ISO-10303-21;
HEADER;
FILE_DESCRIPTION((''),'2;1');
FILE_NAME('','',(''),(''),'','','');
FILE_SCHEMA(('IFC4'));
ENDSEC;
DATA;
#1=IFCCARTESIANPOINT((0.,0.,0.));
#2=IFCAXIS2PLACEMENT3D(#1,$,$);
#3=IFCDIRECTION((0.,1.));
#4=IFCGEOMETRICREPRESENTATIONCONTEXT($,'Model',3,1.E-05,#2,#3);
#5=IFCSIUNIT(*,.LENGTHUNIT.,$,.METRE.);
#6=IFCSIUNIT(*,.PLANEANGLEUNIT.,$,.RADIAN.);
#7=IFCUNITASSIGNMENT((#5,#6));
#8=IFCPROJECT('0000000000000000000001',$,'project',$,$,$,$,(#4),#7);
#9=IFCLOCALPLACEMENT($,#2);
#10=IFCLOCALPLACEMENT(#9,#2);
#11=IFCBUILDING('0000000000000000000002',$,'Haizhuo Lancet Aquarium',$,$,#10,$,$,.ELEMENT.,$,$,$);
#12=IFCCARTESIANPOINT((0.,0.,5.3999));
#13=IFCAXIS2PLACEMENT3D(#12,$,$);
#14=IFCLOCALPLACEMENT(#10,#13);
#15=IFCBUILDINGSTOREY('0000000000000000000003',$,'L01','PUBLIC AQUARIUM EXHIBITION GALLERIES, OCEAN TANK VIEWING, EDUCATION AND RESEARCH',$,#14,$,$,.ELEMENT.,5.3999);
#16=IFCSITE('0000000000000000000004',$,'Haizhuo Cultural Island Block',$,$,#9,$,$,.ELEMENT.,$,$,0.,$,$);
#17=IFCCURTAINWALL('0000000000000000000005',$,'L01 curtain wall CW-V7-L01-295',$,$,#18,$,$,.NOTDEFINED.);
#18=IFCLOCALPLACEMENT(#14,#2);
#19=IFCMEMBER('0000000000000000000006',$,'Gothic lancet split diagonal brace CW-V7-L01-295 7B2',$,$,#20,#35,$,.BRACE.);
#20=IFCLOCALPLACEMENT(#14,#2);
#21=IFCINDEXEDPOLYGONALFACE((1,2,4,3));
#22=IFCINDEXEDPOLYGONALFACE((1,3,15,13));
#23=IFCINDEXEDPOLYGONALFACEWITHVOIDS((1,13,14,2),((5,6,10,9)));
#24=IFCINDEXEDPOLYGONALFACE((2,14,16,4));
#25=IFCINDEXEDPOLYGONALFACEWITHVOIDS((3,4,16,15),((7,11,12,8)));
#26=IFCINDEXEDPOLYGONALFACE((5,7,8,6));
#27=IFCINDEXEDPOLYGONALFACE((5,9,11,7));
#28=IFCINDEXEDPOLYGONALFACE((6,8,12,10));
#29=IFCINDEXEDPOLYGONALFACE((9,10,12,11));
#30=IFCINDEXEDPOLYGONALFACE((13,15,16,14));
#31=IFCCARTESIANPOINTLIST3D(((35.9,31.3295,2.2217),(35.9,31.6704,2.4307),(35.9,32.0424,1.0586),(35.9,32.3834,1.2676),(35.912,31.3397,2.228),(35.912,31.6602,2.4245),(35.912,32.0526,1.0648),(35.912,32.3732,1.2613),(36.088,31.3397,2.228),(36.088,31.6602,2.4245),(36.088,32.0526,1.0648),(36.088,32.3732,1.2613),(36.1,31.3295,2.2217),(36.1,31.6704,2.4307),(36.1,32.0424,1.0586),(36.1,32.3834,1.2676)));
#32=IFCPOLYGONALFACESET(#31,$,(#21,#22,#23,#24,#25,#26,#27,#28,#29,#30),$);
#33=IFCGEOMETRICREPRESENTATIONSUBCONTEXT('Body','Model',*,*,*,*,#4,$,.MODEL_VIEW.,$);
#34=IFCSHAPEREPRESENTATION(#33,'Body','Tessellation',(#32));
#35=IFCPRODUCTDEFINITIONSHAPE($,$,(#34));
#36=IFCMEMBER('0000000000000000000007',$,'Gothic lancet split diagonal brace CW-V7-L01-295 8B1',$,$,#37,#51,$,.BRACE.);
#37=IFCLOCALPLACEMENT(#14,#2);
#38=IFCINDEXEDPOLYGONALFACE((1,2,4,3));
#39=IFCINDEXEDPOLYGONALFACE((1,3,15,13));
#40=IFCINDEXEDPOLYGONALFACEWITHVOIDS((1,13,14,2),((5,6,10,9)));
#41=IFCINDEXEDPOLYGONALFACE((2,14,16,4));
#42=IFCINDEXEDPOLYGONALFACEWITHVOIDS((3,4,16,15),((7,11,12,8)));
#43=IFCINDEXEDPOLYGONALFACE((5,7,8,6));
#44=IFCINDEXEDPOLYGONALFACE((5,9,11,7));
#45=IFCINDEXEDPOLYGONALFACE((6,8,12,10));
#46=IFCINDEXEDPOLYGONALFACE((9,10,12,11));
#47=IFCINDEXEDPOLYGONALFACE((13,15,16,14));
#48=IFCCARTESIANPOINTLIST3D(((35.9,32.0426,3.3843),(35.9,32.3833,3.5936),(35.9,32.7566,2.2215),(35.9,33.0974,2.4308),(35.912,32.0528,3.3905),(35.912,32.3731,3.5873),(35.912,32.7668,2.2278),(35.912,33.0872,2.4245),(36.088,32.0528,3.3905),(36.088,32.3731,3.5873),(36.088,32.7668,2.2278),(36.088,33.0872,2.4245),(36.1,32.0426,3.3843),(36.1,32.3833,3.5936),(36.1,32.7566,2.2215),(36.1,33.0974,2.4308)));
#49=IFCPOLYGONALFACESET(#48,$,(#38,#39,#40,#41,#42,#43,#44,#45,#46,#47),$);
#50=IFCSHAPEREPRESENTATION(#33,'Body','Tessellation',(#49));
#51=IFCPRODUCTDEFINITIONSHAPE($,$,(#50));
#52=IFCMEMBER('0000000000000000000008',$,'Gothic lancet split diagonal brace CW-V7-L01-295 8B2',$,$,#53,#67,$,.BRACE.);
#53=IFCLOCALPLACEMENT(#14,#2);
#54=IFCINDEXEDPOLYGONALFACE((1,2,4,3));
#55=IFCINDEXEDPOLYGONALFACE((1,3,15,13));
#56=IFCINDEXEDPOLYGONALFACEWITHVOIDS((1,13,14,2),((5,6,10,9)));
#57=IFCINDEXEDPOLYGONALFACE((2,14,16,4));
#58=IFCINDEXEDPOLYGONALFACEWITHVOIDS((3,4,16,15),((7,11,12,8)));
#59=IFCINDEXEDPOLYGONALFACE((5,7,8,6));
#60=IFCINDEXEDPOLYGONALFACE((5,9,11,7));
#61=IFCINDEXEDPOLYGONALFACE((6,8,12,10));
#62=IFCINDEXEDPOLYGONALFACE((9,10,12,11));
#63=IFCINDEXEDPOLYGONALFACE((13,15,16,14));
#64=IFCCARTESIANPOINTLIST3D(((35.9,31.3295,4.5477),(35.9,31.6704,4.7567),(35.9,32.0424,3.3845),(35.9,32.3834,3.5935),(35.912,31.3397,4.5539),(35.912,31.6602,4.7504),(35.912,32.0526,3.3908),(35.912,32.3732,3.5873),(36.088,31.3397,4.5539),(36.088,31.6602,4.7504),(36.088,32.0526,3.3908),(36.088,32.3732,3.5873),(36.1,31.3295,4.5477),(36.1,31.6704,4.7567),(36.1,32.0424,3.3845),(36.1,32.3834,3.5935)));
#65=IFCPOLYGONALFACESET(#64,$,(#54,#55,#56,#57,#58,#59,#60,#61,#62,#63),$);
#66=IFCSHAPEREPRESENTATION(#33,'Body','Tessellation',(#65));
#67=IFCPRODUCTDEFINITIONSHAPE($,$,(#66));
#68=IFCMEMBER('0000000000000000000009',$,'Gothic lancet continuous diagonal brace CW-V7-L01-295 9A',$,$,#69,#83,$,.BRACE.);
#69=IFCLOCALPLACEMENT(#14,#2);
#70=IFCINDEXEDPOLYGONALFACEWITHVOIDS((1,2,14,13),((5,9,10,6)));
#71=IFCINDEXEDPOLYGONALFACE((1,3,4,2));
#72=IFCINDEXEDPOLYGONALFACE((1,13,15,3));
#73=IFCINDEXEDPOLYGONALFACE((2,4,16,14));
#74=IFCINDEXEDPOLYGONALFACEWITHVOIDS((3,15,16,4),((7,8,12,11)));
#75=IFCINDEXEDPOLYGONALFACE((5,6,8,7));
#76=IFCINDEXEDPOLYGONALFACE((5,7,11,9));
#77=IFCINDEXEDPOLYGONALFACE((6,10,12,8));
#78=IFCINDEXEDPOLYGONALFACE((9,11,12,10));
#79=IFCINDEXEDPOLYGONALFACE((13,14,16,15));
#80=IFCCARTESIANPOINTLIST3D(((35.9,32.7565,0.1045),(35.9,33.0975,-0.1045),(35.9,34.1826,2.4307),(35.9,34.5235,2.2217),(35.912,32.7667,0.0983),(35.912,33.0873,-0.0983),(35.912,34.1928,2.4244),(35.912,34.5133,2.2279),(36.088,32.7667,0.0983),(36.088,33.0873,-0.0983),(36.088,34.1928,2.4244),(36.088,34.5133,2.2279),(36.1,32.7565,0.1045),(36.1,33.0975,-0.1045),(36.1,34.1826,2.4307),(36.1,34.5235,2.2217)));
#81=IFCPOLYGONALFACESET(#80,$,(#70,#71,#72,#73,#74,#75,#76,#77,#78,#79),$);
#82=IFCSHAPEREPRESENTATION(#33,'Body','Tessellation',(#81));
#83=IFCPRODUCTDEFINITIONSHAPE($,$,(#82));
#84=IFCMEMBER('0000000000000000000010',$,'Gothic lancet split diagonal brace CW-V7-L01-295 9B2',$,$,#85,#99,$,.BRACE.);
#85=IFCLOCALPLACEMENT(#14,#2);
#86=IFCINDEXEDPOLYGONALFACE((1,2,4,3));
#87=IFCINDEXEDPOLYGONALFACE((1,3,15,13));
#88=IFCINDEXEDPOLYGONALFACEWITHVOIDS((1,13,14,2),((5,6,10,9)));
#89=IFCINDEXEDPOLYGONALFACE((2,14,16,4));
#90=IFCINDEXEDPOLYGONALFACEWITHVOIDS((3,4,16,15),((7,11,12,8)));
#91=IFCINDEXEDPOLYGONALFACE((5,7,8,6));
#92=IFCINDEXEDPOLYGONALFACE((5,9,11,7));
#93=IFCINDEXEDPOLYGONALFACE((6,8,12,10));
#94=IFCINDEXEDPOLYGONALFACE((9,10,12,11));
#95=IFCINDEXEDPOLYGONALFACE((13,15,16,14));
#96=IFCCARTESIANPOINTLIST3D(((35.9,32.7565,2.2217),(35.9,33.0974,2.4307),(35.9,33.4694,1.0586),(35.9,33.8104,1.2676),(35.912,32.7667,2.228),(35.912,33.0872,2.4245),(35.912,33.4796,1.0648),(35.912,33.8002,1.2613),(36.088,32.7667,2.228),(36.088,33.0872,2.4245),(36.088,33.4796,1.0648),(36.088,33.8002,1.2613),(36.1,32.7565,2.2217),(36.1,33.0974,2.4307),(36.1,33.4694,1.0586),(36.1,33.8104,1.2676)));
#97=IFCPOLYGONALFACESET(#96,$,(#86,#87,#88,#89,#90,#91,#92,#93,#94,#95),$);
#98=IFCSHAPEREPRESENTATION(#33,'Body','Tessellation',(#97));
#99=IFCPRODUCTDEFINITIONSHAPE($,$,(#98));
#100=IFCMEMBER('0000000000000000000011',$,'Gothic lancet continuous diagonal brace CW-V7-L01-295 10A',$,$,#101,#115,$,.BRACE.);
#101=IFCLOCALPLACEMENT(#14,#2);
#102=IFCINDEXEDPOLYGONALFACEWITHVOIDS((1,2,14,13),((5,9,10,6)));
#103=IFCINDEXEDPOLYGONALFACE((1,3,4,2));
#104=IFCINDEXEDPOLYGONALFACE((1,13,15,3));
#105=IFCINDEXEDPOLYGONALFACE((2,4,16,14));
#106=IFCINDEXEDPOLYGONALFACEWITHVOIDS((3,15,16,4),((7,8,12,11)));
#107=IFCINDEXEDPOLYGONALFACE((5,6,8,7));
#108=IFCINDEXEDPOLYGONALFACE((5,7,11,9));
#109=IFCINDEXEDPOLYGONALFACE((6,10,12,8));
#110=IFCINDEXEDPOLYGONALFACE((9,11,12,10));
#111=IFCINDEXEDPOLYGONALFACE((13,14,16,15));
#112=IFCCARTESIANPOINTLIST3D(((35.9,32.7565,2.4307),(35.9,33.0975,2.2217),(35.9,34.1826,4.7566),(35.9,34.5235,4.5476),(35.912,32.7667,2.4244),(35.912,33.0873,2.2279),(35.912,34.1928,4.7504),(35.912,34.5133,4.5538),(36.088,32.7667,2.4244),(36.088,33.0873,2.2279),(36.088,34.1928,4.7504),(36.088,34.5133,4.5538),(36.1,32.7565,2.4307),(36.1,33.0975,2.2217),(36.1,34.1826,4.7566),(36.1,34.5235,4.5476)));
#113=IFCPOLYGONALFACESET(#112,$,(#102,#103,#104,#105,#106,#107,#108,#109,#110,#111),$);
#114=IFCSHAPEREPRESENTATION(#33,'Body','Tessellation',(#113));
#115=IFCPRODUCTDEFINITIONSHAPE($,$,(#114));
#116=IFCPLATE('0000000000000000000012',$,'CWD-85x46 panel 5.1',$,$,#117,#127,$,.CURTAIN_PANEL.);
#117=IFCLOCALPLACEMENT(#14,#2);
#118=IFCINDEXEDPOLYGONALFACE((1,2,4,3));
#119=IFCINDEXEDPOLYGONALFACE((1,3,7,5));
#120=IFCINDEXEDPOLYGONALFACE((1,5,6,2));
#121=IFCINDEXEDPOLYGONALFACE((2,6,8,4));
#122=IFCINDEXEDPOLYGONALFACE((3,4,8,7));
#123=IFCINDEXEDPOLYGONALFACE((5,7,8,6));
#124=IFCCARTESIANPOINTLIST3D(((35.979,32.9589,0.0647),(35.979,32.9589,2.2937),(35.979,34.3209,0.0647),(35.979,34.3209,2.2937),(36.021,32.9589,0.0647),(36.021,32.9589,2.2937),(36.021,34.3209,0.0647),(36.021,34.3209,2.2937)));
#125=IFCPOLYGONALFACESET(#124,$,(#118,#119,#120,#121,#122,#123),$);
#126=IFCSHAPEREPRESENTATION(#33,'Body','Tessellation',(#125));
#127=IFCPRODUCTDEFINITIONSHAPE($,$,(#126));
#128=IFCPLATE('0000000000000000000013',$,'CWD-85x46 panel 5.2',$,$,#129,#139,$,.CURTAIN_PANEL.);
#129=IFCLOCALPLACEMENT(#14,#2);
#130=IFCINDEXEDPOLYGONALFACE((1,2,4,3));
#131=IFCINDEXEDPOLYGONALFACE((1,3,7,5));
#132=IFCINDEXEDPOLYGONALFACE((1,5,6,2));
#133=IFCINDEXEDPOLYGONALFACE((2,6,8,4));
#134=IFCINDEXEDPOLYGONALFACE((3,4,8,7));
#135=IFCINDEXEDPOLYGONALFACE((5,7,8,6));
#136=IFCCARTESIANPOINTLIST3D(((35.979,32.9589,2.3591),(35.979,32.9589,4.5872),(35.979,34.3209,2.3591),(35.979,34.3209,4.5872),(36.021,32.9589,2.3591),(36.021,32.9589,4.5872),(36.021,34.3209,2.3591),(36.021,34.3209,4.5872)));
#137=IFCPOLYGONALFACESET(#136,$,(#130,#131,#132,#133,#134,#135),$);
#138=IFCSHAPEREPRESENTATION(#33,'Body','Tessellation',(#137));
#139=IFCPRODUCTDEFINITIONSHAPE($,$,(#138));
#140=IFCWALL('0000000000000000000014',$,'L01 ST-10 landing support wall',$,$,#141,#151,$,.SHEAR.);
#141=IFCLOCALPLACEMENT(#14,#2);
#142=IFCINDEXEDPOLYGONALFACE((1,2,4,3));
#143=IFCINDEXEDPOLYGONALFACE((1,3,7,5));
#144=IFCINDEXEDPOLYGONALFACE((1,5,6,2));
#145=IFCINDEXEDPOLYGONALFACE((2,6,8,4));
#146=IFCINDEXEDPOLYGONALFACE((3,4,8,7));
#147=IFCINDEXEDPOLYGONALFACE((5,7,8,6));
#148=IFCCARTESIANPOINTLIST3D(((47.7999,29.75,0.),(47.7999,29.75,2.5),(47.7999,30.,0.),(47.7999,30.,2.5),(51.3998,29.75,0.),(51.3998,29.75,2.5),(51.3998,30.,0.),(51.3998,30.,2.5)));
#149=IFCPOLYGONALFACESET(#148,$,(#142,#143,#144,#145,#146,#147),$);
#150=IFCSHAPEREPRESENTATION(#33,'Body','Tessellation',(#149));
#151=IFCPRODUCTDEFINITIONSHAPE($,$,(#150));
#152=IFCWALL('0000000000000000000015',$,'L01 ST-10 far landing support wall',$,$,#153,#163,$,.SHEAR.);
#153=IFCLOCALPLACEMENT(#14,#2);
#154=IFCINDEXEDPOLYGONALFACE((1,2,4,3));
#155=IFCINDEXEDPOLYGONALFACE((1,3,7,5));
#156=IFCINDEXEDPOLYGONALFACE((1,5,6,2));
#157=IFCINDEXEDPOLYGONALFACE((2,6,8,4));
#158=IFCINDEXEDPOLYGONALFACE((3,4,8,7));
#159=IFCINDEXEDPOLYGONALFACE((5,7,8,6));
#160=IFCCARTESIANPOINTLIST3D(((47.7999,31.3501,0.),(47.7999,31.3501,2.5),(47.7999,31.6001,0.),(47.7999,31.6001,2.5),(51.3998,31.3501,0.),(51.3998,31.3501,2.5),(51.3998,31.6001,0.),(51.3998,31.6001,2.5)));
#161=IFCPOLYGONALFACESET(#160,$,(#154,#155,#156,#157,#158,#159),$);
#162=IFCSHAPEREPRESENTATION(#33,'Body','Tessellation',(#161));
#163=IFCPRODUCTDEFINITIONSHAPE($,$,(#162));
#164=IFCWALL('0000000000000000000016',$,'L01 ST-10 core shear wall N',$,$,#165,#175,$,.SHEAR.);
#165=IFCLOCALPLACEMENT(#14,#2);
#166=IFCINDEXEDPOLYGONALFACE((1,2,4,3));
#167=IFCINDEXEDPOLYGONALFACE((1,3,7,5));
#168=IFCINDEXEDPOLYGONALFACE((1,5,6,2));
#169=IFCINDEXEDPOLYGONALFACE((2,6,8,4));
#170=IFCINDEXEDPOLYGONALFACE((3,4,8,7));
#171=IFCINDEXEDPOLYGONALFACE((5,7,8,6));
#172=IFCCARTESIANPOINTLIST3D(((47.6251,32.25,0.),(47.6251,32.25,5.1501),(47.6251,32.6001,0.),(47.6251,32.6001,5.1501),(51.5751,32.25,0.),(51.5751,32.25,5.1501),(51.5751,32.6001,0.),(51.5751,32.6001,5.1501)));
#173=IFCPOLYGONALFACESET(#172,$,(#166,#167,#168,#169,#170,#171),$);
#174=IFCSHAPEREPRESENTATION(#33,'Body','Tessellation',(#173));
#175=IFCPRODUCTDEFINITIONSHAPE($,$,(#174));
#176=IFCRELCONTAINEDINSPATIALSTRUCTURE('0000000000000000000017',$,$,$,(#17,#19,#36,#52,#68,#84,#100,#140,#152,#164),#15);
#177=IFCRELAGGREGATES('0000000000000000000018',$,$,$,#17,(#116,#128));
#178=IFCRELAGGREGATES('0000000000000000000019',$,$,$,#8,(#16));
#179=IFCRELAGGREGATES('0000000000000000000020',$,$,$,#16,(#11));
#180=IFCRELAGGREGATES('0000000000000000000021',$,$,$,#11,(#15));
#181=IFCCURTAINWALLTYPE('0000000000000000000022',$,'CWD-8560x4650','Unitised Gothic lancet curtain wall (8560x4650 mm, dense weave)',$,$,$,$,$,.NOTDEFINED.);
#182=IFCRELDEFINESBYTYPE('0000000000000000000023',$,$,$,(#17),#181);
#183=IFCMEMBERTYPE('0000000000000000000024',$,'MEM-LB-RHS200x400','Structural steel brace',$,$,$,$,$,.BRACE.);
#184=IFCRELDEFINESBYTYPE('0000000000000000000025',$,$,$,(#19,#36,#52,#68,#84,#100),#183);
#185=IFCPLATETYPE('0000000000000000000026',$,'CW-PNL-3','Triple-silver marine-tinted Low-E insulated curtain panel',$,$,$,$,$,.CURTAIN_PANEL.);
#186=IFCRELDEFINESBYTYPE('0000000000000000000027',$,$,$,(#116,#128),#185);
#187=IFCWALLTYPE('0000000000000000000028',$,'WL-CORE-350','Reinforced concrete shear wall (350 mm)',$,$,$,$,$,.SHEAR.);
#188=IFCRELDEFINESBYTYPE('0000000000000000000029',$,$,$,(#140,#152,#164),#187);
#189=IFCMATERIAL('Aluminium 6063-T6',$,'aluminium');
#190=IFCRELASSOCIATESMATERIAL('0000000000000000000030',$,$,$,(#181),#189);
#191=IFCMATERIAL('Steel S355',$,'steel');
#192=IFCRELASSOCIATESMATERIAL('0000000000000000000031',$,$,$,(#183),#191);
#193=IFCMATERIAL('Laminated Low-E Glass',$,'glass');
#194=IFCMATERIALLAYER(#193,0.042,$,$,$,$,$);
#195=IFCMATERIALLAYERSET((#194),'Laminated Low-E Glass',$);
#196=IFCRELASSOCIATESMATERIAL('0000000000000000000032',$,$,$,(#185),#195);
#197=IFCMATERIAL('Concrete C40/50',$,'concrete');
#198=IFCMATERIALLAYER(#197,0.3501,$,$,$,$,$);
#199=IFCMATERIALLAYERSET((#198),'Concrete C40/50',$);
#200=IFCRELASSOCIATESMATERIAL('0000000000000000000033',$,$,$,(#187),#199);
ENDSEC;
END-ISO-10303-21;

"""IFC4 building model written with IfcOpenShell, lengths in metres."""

from ifc_helpers import new_model, si_unit, direction, frame, frame_2d, origin, origin_2d, place, context, subcontext, project, spatial, rectangle, hollow_rectangle, extrude, material, layer, layer_set, material_profile, profile_set, type_object, element, aggregate, save


model = new_model("IFC4")

# Units and contexts
model_context = context("Model", 3, precision=1e-05, world=origin(), true_north=direction((0.0, 1.0)))
body_context = subcontext(model_context, "Body", "Model", "MODEL_VIEW")
ifc_project = project(units=[si_unit("LENGTHUNIT", "METRE"), si_unit("PLANEANGLEUNIT", "RADIAN")], contexts=[model_context])

# Site, building, storey
site_placement = place(None, origin())
site = spatial("IfcSite", under=ifc_project, at=site_placement, Name="Haizhuo Cultural Island Block", CompositionType="ELEMENT", RefElevation=0.0)
building_placement = place(site_placement, origin())
building = spatial("IfcBuilding", under=site, at=building_placement, Name="Haizhuo Lancet Aquarium", CompositionType="ELEMENT")
storey_placement = place(building_placement, frame((0.0, 0.0, 5.3999)))
storey = spatial("IfcBuildingStorey", under=building, at=storey_placement, Name="L01", Description="PUBLIC AQUARIUM EXHIBITION GALLERIES, OCEAN TANK VIEWING, EDUCATION AND RESEARCH", CompositionType="ELEMENT", Elevation=5.3999)

# Curtain wall
ifc_material_1 = material(Name="Aluminium 6063-T6", Category="aluminium")
curtain_wall_type = type_object("IfcCurtainWallType", Name="CWD-8560x4650", Description="Unitised Gothic lancet curtain wall (8560x4650 mm, dense weave)", PredefinedType="NOTDEFINED", material=ifc_material_1)
curtain_wall_placement = place(storey_placement, origin())
curtain_wall = element("IfcCurtainWall", 1, at=curtain_wall_placement, inside=storey, type_object=curtain_wall_type, Name="L01 curtain wall CW-V7-L01-295", PredefinedType="NOTDEFINED")

# Shared definitions
ifc_material_2 = material(Name="Steel S355", Category="steel")

# Members
ifc_material_profile_1 = material_profile(ifc_material_2, hollow_rectangle(XDim=0.2, YDim=0.3999, WallThickness=0.012, at=origin_2d()), Name="RHS 200x400x12")
ifc_profile_set_1 = profile_set([ifc_material_profile_1], Name="Steel S355")
member_type_1 = type_object("IfcMemberType", Name="MEM-LB-RHS200x400", Description="Structural steel brace", PredefinedType="BRACE", material=ifc_profile_set_1)
member_1_placement = place(storey_placement, frame((36.0, 32.2129, 1.1631), z_axis=(0.0, -0.522579, 0.852591), x_axis=(1.0, 0.0, 0.0)))
element("IfcMember", 2, at=member_1_placement, inside=storey, type_object=member_type_1, Name="Gothic lancet split diagonal brace CW-V7-L01-295 7B2", PredefinedType="BRACE", context=body_context, shape_type="SweptSolid", body=[
    extrude(hollow_rectangle(XDim=0.2, YDim=0.3999, WallThickness=0.012, at=origin_2d()), origin(), (0.0, 0.0, 1.0), 1.3643),
])
member_2_placement = place(storey_placement, frame((36.0, 32.927, 2.3262), z_axis=(0.0, -0.523309, 0.852143), x_axis=(1.0, 0.0, 0.0)))
element("IfcMember", 3, at=member_2_placement, inside=storey, type_object=member_type_1, Name="Gothic lancet split diagonal brace CW-V7-L01-295 8B1", PredefinedType="BRACE", context=body_context, shape_type="SweptSolid", body=[
    extrude(hollow_rectangle(XDim=0.2, YDim=0.3999, WallThickness=0.012, at=origin_2d()), origin(), (0.0, 0.0, 1.0), 1.3645),
])
member_3_placement = place(storey_placement, frame((36.0, 32.2129, 3.489), z_axis=(0.0, -0.522579, 0.852591), x_axis=(1.0, 0.0, 0.0)))
element("IfcMember", 4, at=member_3_placement, inside=storey, type_object=member_type_1, Name="Gothic lancet split diagonal brace CW-V7-L01-295 8B2", PredefinedType="BRACE", context=body_context, shape_type="SweptSolid", body=[
    extrude(hollow_rectangle(XDim=0.2, YDim=0.3999, WallThickness=0.012, at=origin_2d()), origin(), (0.0, 0.0, 1.0), 1.3643),
])
member_4_placement = place(storey_placement, frame((36.0, 32.927, 0.0), z_axis=(0.0, 0.522644, 0.852551), x_axis=(-1.0, 0.0, 0.0)))
element("IfcMember", 5, at=member_4_placement, inside=storey, type_object=member_type_1, Name="Gothic lancet continuous diagonal brace CW-V7-L01-295 9A", PredefinedType="BRACE", context=body_context, shape_type="SweptSolid", body=[
    extrude(hollow_rectangle(XDim=0.2, YDim=0.3999, WallThickness=0.012, at=origin_2d()), origin(), (0.0, 0.0, 1.0), 2.7285),
])
member_5_placement = place(storey_placement, frame((36.0, 33.6399, 1.1631), z_axis=(0.0, -0.522579, 0.852591), x_axis=(1.0, 0.0, 0.0)))
element("IfcMember", 6, at=member_5_placement, inside=storey, type_object=member_type_1, Name="Gothic lancet split diagonal brace CW-V7-L01-295 9B2", PredefinedType="BRACE", context=body_context, shape_type="SweptSolid", body=[
    extrude(hollow_rectangle(XDim=0.2, YDim=0.3999, WallThickness=0.012, at=origin_2d()), origin(), (0.0, 0.0, 1.0), 1.3643),
])
member_6_placement = place(storey_placement, frame((36.0, 32.927, 2.3262), z_axis=(0.0, 0.522684, 0.852527), x_axis=(-1.0, 0.0, 0.0)))
element("IfcMember", 7, at=member_6_placement, inside=storey, type_object=member_type_1, Name="Gothic lancet continuous diagonal brace CW-V7-L01-295 10A", PredefinedType="BRACE", context=body_context, shape_type="SweptSolid", body=[
    extrude(hollow_rectangle(XDim=0.2, YDim=0.3999, WallThickness=0.012, at=origin_2d()), origin(), (0.0, 0.0, 1.0), 2.7283),
])

# Plates
ifc_material_3 = material(Name="Laminated Low-E Glass", Category="glass")
ifc_layer_1 = layer(ifc_material_3, 0.042)
ifc_layer_set_1 = layer_set([ifc_layer_1], Name="Laminated Low-E Glass")
plate_type = type_object("IfcPlateType", Name="CW-PNL-3", Description="Triple-silver marine-tinted Low-E insulated curtain panel", PredefinedType="CURTAIN_PANEL", material=ifc_layer_set_1)
plate_1_placement = place(storey_placement, frame((36.0, 33.6399, 0.0647), z_axis=(0.0, 0.0, 1.0), x_axis=(0.0, 1.0, 0.0)))
plate_1 = element("IfcPlate", 8, at=plate_1_placement, type_object=plate_type, Name="CWD-85x46 panel 5.1", PredefinedType="CURTAIN_PANEL", context=body_context, shape_type="SweptSolid", body=[
    extrude(rectangle(XDim=1.3621, YDim=0.042, at=origin_2d()), origin(), (0.0, 0.0, 1.0), 2.229),
])
plate_2_placement = place(storey_placement, frame((36.0, 33.6399, 2.3591), z_axis=(0.0, 0.0, 1.0), x_axis=(0.0, 1.0, 0.0)))
plate_2 = element("IfcPlate", 9, at=plate_2_placement, type_object=plate_type, Name="CWD-85x46 panel 5.2", PredefinedType="CURTAIN_PANEL", context=body_context, shape_type="SweptSolid", body=[
    extrude(rectangle(XDim=1.3621, YDim=0.042, at=origin_2d()), origin(), (0.0, 0.0, 1.0), 2.228),
])
aggregate(curtain_wall, [plate_1, plate_2])

# Walls
ifc_material_4 = material(Name="Concrete C40/50", Category="concrete")
ifc_layer_2 = layer(ifc_material_4, 0.3501)
ifc_layer_set_2 = layer_set([ifc_layer_2], Name="Concrete C40/50")
wall_type = type_object("IfcWallType", Name="WL-CORE-350", Description="Reinforced concrete shear wall (350 mm)", PredefinedType="SHEAR", material=ifc_layer_set_2)
for number, where, z_axis, x_axis, name in (
    (10, (47.8, 29.875, 0.0), (0.0, 0.0, 1.0), (1.0, 0.0, 0.0), "L01 ST-10 landing support wall"),
    (11, (47.8, 31.4751, 0.0), (0.0, 0.0, 1.0), (1.0, 0.0, 0.0), "L01 ST-10 far landing support wall"),
):
    element("IfcWall", number, at=place(storey_placement, frame(where, z_axis=z_axis, x_axis=x_axis)), inside=storey, type_object=wall_type, Name=name, PredefinedType="SHEAR", context=body_context, shape_type="SweptSolid", body=[
        extrude(rectangle(XDim=3.5999, YDim=0.25, at=frame_2d((1.7998, 0.0))), origin(), (0.0, 0.0, 1.0), 2.5),
    ])
wall_placement = place(storey_placement, frame((47.625, 32.425, 0.0), z_axis=(0.0, 0.0, 1.0), x_axis=(1.0, 0.0, 0.0)))
element("IfcWall", 12, at=wall_placement, inside=storey, type_object=wall_type, Name="L01 ST-10 core shear wall N", PredefinedType="SHEAR", context=body_context, shape_type="SweptSolid", body=[
    extrude(rectangle(XDim=3.95, YDim=0.3501, at=frame_2d((1.9751, 0.0))), origin(), (0.0, 0.0, 1.0), 5.1501),
])

save(model, "model.ifc")
